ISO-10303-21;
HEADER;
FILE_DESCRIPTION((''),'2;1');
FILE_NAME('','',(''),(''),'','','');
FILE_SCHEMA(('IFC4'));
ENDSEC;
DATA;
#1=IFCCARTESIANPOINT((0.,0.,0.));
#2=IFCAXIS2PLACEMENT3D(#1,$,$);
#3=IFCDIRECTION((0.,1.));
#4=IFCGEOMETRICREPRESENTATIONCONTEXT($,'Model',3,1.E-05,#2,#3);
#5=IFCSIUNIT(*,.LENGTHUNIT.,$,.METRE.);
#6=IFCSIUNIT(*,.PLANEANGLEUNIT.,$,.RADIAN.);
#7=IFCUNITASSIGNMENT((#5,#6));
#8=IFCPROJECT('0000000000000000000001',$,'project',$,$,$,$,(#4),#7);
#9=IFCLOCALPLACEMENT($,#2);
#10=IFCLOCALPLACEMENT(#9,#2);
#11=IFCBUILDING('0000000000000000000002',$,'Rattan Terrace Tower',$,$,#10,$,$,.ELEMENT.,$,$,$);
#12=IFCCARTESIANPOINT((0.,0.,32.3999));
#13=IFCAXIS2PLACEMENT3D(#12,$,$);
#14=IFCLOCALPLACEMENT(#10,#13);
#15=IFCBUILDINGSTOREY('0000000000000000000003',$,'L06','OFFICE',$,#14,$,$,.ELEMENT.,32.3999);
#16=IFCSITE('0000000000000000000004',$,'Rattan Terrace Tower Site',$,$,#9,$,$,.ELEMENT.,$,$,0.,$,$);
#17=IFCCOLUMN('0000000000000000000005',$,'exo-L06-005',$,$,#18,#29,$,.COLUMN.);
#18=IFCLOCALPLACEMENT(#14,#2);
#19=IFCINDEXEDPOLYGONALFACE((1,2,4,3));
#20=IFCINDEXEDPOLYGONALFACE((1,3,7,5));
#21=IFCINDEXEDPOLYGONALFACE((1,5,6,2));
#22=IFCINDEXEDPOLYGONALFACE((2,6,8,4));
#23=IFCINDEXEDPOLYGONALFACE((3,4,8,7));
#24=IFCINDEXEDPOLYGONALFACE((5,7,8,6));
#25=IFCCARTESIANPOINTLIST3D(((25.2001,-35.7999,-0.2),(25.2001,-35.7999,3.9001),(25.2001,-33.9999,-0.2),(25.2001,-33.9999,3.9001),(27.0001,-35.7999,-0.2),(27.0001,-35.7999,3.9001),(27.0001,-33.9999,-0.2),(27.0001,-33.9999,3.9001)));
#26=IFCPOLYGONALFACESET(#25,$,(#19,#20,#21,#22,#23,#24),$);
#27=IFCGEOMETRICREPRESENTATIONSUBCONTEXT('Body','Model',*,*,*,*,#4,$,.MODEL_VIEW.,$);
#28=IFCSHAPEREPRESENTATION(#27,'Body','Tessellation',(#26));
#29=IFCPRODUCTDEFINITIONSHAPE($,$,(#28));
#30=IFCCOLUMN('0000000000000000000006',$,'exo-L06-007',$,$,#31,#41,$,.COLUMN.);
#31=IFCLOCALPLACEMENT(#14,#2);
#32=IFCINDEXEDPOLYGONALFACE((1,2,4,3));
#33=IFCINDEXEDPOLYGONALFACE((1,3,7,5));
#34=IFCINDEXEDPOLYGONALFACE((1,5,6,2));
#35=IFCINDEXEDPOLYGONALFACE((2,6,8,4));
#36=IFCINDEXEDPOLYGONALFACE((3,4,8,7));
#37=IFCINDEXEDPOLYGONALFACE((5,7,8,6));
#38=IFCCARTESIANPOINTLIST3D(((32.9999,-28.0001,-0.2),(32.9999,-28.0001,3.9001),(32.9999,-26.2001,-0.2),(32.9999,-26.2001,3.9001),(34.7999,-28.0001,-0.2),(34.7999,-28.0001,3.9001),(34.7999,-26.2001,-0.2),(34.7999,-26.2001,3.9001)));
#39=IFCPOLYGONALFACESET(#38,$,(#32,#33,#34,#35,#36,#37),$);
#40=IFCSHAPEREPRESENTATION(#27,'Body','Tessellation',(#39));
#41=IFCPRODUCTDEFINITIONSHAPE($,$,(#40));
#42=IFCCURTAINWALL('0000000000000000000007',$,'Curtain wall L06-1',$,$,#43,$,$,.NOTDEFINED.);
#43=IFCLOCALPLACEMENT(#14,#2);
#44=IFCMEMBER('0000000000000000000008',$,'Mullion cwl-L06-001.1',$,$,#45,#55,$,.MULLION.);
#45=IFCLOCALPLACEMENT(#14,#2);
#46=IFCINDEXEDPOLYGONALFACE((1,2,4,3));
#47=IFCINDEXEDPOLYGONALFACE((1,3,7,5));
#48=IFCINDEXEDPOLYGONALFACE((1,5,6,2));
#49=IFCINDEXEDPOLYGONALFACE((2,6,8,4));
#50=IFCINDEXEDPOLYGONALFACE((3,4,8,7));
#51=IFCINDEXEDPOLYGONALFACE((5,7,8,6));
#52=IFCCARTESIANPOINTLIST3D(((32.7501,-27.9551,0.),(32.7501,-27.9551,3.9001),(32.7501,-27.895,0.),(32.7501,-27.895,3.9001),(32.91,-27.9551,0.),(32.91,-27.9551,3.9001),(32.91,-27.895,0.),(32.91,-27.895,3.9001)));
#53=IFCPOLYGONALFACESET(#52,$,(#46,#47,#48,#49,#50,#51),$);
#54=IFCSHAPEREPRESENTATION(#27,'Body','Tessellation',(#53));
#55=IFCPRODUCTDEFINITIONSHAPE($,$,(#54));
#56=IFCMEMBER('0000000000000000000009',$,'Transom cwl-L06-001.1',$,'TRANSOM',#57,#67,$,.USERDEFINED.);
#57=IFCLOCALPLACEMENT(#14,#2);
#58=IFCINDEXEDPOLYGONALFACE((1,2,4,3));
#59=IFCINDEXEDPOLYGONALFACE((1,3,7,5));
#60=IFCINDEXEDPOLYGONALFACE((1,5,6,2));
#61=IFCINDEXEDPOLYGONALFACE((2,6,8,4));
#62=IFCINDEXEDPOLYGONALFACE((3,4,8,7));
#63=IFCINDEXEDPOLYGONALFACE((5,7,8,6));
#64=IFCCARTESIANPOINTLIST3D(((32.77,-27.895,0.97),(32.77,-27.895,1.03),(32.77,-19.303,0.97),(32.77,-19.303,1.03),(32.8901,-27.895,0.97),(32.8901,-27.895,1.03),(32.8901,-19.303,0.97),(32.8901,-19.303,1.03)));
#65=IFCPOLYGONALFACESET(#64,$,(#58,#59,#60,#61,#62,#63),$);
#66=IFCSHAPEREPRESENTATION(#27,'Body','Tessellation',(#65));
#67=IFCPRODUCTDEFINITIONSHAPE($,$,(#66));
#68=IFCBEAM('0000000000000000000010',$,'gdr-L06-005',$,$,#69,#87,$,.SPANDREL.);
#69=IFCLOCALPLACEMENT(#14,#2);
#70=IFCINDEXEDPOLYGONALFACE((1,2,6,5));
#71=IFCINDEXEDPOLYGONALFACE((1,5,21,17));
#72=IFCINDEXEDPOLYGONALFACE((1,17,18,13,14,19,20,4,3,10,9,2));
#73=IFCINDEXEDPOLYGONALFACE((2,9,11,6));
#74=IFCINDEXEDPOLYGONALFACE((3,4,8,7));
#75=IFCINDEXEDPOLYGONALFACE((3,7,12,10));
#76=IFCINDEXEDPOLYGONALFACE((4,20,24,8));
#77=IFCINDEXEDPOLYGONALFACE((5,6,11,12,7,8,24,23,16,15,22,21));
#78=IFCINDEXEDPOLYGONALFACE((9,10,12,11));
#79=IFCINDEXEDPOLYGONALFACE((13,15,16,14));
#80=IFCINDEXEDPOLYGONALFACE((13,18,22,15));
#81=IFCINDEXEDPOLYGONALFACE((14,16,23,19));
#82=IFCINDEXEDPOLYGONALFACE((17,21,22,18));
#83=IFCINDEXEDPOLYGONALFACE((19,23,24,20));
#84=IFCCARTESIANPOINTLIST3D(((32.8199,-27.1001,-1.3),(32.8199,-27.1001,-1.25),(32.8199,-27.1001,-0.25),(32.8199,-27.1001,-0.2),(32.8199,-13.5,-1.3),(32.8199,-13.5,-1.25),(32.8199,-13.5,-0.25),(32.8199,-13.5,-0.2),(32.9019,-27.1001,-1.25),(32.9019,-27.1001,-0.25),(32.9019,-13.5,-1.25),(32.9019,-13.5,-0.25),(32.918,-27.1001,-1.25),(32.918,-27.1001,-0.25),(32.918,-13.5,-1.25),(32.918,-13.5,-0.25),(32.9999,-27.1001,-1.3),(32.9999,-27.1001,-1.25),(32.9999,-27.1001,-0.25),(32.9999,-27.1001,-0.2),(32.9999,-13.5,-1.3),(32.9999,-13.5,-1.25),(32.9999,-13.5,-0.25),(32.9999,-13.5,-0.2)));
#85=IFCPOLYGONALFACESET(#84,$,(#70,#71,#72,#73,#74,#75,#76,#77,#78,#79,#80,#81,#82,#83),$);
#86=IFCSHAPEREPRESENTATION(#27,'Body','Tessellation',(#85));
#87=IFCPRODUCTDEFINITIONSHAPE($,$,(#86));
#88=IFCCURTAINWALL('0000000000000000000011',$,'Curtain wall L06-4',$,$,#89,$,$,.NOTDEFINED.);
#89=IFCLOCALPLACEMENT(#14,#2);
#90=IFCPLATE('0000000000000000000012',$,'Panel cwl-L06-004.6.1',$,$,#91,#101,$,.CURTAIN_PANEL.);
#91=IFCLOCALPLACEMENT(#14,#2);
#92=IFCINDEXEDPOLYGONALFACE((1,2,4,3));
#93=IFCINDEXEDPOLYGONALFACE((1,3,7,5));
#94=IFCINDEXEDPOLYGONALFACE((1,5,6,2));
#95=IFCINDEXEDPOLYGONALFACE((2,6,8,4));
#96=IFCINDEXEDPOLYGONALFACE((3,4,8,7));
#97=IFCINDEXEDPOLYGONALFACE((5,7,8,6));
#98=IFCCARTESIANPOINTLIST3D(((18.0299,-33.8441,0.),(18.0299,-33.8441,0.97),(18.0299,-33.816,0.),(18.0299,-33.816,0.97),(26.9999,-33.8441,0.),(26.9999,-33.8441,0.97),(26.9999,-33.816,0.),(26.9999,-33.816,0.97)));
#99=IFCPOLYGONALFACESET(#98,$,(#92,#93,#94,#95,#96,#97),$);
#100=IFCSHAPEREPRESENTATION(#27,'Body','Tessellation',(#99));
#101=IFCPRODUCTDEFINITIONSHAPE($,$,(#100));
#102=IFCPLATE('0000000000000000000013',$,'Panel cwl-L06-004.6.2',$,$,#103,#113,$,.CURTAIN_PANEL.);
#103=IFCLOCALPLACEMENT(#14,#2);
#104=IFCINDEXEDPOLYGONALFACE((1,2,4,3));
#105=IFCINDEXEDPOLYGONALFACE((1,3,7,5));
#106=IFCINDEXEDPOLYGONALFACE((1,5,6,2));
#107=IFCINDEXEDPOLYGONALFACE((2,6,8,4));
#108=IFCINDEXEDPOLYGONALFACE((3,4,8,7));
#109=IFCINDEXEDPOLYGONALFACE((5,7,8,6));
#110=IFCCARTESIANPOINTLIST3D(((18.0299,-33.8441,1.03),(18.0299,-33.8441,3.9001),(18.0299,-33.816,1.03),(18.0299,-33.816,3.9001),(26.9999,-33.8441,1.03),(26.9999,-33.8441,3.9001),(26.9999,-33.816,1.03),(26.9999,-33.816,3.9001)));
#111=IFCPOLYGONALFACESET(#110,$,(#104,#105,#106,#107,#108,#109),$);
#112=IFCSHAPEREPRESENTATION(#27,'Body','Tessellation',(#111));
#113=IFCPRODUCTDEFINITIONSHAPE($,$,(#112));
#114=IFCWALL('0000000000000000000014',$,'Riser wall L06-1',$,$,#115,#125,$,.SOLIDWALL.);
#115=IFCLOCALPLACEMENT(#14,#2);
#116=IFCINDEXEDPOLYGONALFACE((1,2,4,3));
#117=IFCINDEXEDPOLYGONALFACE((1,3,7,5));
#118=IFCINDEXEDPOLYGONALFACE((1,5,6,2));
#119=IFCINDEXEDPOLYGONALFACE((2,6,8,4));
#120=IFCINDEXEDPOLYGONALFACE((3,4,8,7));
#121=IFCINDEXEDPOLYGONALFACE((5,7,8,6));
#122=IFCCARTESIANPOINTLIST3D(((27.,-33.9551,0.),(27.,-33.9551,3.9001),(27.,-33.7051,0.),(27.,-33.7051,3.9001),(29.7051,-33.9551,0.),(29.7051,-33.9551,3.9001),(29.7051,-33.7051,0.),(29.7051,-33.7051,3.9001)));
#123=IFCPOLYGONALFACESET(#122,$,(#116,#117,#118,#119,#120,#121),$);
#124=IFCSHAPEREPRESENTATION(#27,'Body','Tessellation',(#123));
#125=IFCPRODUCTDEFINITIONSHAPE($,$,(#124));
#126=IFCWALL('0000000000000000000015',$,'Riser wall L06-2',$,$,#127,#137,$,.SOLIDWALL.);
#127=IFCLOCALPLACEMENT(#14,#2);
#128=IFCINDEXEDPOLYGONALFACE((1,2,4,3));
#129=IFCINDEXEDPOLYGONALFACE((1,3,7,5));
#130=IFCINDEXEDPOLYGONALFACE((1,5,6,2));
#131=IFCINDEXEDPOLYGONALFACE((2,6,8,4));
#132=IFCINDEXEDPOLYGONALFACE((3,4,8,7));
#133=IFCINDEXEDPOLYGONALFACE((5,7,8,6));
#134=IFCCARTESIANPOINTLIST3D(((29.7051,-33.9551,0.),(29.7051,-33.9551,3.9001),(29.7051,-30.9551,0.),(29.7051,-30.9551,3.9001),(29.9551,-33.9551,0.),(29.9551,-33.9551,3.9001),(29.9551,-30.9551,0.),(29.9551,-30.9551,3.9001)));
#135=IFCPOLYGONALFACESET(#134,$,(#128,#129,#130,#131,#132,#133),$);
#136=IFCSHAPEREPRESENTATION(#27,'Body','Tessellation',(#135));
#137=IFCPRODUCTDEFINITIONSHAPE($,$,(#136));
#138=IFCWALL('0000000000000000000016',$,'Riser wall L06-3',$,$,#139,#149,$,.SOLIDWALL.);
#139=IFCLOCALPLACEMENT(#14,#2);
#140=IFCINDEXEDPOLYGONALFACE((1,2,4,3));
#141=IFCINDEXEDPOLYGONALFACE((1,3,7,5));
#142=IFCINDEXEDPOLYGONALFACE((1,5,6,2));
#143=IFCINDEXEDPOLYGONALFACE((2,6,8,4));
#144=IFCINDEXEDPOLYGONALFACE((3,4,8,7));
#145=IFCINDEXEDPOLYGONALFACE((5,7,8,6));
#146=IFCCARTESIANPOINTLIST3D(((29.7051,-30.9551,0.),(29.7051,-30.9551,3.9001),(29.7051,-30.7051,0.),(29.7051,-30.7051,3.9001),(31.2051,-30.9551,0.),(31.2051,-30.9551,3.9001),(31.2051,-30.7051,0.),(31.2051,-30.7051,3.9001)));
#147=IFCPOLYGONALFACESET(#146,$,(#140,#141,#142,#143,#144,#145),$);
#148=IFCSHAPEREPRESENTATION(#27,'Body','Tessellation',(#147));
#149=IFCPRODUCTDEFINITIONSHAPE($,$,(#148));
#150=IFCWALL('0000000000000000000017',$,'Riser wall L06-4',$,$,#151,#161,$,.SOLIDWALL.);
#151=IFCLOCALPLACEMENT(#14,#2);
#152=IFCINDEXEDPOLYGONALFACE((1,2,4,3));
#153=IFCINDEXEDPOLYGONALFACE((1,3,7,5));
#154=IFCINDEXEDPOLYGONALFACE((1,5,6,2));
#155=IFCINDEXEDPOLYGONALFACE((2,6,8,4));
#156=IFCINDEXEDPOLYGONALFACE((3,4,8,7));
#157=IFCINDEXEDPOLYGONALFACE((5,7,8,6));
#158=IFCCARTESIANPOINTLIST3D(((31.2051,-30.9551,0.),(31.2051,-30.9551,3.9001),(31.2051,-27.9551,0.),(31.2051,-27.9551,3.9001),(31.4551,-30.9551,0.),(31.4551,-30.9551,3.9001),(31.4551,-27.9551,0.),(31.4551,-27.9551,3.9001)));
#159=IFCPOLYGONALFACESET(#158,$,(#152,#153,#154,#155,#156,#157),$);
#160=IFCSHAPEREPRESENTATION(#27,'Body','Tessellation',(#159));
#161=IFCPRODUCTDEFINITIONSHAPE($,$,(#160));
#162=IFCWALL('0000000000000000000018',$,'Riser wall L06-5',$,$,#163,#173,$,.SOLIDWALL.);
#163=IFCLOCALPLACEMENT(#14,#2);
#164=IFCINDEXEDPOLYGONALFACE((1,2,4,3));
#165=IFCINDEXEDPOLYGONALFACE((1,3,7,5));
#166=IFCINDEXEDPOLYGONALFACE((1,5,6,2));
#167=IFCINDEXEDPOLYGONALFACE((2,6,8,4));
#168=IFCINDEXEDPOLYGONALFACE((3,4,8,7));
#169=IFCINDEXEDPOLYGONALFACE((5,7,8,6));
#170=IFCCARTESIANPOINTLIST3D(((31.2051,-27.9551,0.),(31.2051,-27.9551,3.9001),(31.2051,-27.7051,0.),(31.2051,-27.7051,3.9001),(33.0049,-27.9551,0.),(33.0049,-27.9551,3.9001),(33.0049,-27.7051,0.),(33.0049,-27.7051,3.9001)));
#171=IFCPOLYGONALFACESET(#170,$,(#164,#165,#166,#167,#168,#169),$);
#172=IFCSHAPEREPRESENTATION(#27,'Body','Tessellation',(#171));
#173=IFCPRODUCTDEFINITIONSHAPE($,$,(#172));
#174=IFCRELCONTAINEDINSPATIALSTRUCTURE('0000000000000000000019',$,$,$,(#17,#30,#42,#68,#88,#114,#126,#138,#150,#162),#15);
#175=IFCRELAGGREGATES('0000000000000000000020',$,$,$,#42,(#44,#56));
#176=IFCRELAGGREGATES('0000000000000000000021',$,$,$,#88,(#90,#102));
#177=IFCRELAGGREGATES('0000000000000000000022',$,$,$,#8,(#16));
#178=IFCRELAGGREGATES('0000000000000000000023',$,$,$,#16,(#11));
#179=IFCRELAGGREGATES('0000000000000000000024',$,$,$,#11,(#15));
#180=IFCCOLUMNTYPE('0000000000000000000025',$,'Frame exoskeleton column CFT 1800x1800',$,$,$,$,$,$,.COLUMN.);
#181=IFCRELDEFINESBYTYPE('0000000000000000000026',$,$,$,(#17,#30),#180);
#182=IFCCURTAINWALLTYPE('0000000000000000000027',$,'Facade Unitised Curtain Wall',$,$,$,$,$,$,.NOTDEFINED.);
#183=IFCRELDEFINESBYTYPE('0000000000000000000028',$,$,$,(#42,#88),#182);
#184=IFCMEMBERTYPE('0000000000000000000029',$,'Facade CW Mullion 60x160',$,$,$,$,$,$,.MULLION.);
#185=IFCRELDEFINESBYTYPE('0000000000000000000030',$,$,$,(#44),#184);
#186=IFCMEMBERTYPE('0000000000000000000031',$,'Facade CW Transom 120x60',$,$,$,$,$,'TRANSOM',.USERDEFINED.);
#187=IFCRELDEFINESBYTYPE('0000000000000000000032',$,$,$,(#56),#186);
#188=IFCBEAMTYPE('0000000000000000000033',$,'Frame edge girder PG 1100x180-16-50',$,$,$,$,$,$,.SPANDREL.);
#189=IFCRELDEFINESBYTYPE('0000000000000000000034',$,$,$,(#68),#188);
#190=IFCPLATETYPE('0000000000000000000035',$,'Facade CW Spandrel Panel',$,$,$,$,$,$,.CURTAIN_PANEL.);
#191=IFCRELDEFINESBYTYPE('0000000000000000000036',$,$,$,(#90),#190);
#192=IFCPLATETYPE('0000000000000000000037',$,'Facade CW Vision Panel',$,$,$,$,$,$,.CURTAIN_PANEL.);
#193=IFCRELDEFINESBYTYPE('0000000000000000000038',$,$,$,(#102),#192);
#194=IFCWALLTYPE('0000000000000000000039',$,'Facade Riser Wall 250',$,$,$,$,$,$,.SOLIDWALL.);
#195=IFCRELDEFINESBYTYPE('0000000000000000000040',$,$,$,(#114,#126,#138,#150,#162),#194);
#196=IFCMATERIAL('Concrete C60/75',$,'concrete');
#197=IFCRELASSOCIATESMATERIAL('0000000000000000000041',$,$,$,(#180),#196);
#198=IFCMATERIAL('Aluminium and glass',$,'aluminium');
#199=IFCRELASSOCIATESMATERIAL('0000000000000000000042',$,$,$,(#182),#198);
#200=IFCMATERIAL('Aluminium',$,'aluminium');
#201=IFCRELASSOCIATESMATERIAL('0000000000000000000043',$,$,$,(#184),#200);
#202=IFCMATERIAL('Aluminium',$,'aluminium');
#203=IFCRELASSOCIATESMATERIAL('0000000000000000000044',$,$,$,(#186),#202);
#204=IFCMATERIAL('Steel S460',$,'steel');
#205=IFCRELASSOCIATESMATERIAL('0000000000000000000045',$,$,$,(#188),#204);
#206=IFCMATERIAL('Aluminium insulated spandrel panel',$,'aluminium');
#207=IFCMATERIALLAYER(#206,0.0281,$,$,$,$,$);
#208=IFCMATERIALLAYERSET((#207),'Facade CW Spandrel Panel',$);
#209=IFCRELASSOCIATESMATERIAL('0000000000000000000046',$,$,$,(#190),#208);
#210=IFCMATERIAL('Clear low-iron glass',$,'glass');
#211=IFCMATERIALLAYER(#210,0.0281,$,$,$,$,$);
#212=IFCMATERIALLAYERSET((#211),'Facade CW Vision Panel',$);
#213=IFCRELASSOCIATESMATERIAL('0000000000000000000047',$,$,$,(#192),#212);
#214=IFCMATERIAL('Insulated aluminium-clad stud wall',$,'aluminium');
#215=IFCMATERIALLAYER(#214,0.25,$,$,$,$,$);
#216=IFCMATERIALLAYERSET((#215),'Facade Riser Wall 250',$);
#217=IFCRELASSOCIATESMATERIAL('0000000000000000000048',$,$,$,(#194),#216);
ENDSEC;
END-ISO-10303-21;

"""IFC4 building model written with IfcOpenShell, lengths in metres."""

from ifc_helpers import new_model, si_unit, direction, frame, frame_2d, origin, origin_2d, place, context, subcontext, project, spatial, rectangle, i_section, extrude, material, layer, layer_set, material_profile, profile_set, type_object, element, aggregate, save


model = new_model("IFC4")

# Units and contexts
model_context = context("Model", 3, precision=1e-05, world=origin(), true_north=direction((0.0, 1.0)))
body_context = subcontext(model_context, "Body", "Model", "MODEL_VIEW")
ifc_project = project(units=[si_unit("LENGTHUNIT", "METRE"), si_unit("PLANEANGLEUNIT", "RADIAN")], contexts=[model_context])

# Site, building, storey
site_placement = place(None, origin())
site = spatial("IfcSite", under=ifc_project, at=site_placement, Name="Rattan Terrace Tower Site", CompositionType="ELEMENT", RefElevation=0.0)
building_placement = place(site_placement, origin())
building = spatial("IfcBuilding", under=site, at=building_placement, Name="Rattan Terrace Tower", CompositionType="ELEMENT")
storey_placement = place(building_placement, frame((0.0, 0.0, 32.3999)))
storey = spatial("IfcBuildingStorey", under=building, at=storey_placement, Name="L06", Description="OFFICE", CompositionType="ELEMENT", Elevation=32.3999)

# Columns
ifc_material_1 = material(Name="Concrete C60/75", Category="concrete")
ifc_material_profile_1 = material_profile(ifc_material_1, rectangle(XDim=1.8, YDim=1.8, at=origin_2d()), Name="CFT 1800x1800")
ifc_profile_set_1 = profile_set([ifc_material_profile_1], Name="Concrete C60/75")
column_type = type_object("IfcColumnType", Name="Frame exoskeleton column CFT 1800x1800", PredefinedType="COLUMN", material=ifc_profile_set_1)
for number, where, z_axis, x_axis, name in (
    (1, (26.1001, -34.8999, -0.2), (0.0, 0.0, 1.0), (1.0, 0.0, 0.0), "exo-L06-005"),
    (2, (33.8999, -27.1001, -0.2), (0.0, 0.0, 1.0), (0.0, 1.0, 0.0), "exo-L06-007"),
):
    element("IfcColumn", number, at=place(storey_placement, frame(where, z_axis=z_axis, x_axis=x_axis)), inside=storey, type_object=column_type, Name=name, PredefinedType="COLUMN", context=body_context, shape_type="SweptSolid", body=[
        extrude(rectangle(XDim=1.8, YDim=1.8, at=origin_2d()), origin(), (0.0, 0.0, 1.0), 4.1001),
    ])

# Curtain wall, members
ifc_material_2 = material(Name="Aluminium and glass", Category="aluminium")
curtain_wall_type = type_object("IfcCurtainWallType", Name="Facade Unitised Curtain Wall", PredefinedType="NOTDEFINED", material=ifc_material_2)
curtain_wall_1_placement = place(storey_placement, origin())
curtain_wall_1 = element("IfcCurtainWall", 3, at=curtain_wall_1_placement, inside=storey, type_object=curtain_wall_type, Name="Curtain wall L06-1", PredefinedType="NOTDEFINED")
ifc_material_3 = material(Name="Aluminium", Category="aluminium")
ifc_material_profile_2 = material_profile(ifc_material_3, rectangle(XDim=0.0601, YDim=0.1599, at=origin_2d()), Name="Aluminium 60x160")
ifc_profile_set_2 = profile_set([ifc_material_profile_2], Name="Aluminium")
member_type_1 = type_object("IfcMemberType", Name="Facade CW Mullion 60x160", PredefinedType="MULLION", material=ifc_profile_set_2)
member_1_placement = place(storey_placement, frame((32.8301, -27.925, 0.0), z_axis=(0.0, 0.0, 1.0), x_axis=(0.0, 1.0, 0.0)))
member_1 = element("IfcMember", 4, at=member_1_placement, type_object=member_type_1, Name="Mullion cwl-L06-001.1", PredefinedType="MULLION", context=body_context, shape_type="SweptSolid", body=[
    extrude(rectangle(XDim=0.0601, YDim=0.1599, at=origin_2d()), origin(), (0.0, 0.0, 1.0), 3.9001),
])
ifc_material_4 = material(Name="Aluminium", Category="aluminium")
ifc_material_profile_3 = material_profile(ifc_material_4, rectangle(XDim=0.1201, YDim=0.0601, at=origin_2d()), Name="Aluminium 120x60")
ifc_profile_set_3 = profile_set([ifc_material_profile_3], Name="Aluminium")
member_type_2 = type_object("IfcMemberType", Name="Facade CW Transom 120x60", ElementType="TRANSOM", PredefinedType="USERDEFINED", material=ifc_profile_set_3)
member_2_placement = place(storey_placement, frame((32.8301, -27.895, 1.0), z_axis=(0.0, 1.0, 0.0), x_axis=(-1.0, 0.0, 0.0)))
member_2 = element("IfcMember", 5, at=member_2_placement, type_object=member_type_2, Name="Transom cwl-L06-001.1", ObjectType="TRANSOM", PredefinedType="USERDEFINED", context=body_context, shape_type="SweptSolid", body=[
    extrude(rectangle(XDim=0.1201, YDim=0.0601, at=origin_2d()), origin(), (0.0, 0.0, 1.0), 8.592),
])
aggregate(curtain_wall_1, [member_1, member_2])

# Beam
ifc_material_5 = material(Name="Steel S460", Category="steel")
ifc_material_profile_4 = material_profile(ifc_material_5, i_section(OverallWidth=0.1799, OverallDepth=1.1001, WebThickness=0.0161, FlangeThickness=0.05, at=origin_2d()), Name="PG 1100x180-16-50")
ifc_profile_set_4 = profile_set([ifc_material_profile_4], Name="Steel S460")
beam_type = type_object("IfcBeamType", Name="Frame edge girder PG 1100x180-16-50", PredefinedType="SPANDREL", material=ifc_profile_set_4)
beam_placement = place(storey_placement, frame((32.9099, -27.1001, -0.75), z_axis=(0.0, 1.0, 0.0), x_axis=(-1.0, 0.0, 0.0)))
element("IfcBeam", 6, at=beam_placement, inside=storey, type_object=beam_type, Name="gdr-L06-005", PredefinedType="SPANDREL", context=body_context, shape_type="SweptSolid", body=[
    extrude(i_section(OverallWidth=0.1799, OverallDepth=1.1001, WebThickness=0.0161, FlangeThickness=0.05, at=origin_2d()), origin(), (0.0, 0.0, 1.0), 13.6001),
])

# Curtain wall, plates
curtain_wall_2_placement = place(storey_placement, origin())
curtain_wall_2 = element("IfcCurtainWall", 7, at=curtain_wall_2_placement, inside=storey, type_object=curtain_wall_type, Name="Curtain wall L06-4", PredefinedType="NOTDEFINED")
ifc_material_6 = material(Name="Aluminium insulated spandrel panel", Category="aluminium")
ifc_layer_1 = layer(ifc_material_6, 0.0281)
ifc_layer_set_1 = layer_set([ifc_layer_1], Name="Facade CW Spandrel Panel")
plate_type_1 = type_object("IfcPlateType", Name="Facade CW Spandrel Panel", PredefinedType="CURTAIN_PANEL", material=ifc_layer_set_1)
plate_1_placement = place(storey_placement, frame((22.5149, -33.8301, 0.0), z_axis=(0.0, 0.0, 1.0), x_axis=(1.0, 0.0, 0.0)))
plate_1 = element("IfcPlate", 8, at=plate_1_placement, type_object=plate_type_1, Name="Panel cwl-L06-004.6.1", PredefinedType="CURTAIN_PANEL", context=body_context, shape_type="SweptSolid", body=[
    extrude(rectangle(XDim=8.97, YDim=0.0281, at=origin_2d()), origin(), (0.0, 0.0, 1.0), 0.97),
])
ifc_material_7 = material(Name="Clear low-iron glass", Category="glass")
ifc_layer_2 = layer(ifc_material_7, 0.0281)
ifc_layer_set_2 = layer_set([ifc_layer_2], Name="Facade CW Vision Panel")
plate_type_2 = type_object("IfcPlateType", Name="Facade CW Vision Panel", PredefinedType="CURTAIN_PANEL", material=ifc_layer_set_2)
plate_2_placement = place(storey_placement, frame((22.5149, -33.8301, 1.03), z_axis=(0.0, 0.0, 1.0), x_axis=(1.0, 0.0, 0.0)))
plate_2 = element("IfcPlate", 9, at=plate_2_placement, type_object=plate_type_2, Name="Panel cwl-L06-004.6.2", PredefinedType="CURTAIN_PANEL", context=body_context, shape_type="SweptSolid", body=[
    extrude(rectangle(XDim=8.97, YDim=0.0281, at=origin_2d()), origin(), (0.0, 0.0, 1.0), 2.8701),
])
aggregate(curtain_wall_2, [plate_1, plate_2])

# Walls
ifc_material_8 = material(Name="Insulated aluminium-clad stud wall", Category="aluminium")
ifc_layer_3 = layer(ifc_material_8, 0.25)
ifc_layer_set_3 = layer_set([ifc_layer_3], Name="Facade Riser Wall 250")
wall_type_1 = type_object("IfcWallType", Name="Facade Riser Wall 250", PredefinedType="SOLIDWALL", material=ifc_layer_set_3)
wall_1_placement = place(storey_placement, frame((27.0, -33.8301, 0.0), z_axis=(0.0, 0.0, 1.0), x_axis=(1.0, 0.0, 0.0)))
element("IfcWall", 10, at=wall_1_placement, inside=storey, type_object=wall_type_1, Name="Riser wall L06-1", PredefinedType="SOLIDWALL", context=body_context, shape_type="SweptSolid", body=[
    extrude(rectangle(XDim=2.7051, YDim=0.25, at=frame_2d((1.3525, 0.0))), origin(), (0.0, 0.0, 1.0), 3.9001),
])
wall_2_placement = place(storey_placement, frame((29.8301, -33.9551, 0.0), z_axis=(0.0, 0.0, 1.0), x_axis=(0.0, 1.0, 0.0)))
element("IfcWall", 11, at=wall_2_placement, inside=storey, type_object=wall_type_1, Name="Riser wall L06-2", PredefinedType="SOLIDWALL", context=body_context, shape_type="SweptSolid", body=[
    extrude(rectangle(XDim=3.0, YDim=0.25, at=frame_2d((1.5, 0.0))), origin(), (0.0, 0.0, 1.0), 3.9001),
])
wall_3_placement = place(storey_placement, frame((29.7051, -30.8301, 0.0), z_axis=(0.0, 0.0, 1.0), x_axis=(1.0, 0.0, 0.0)))
element("IfcWall", 12, at=wall_3_placement, inside=storey, type_object=wall_type_1, Name="Riser wall L06-3", PredefinedType="SOLIDWALL", context=body_context, shape_type="SweptSolid", body=[
    extrude(rectangle(XDim=1.5, YDim=0.25, at=frame_2d((0.75, 0.0))), origin(), (0.0, 0.0, 1.0), 3.9001),
])
wall_4_placement = place(storey_placement, frame((31.3301, -30.9551, 0.0), z_axis=(0.0, 0.0, 1.0), x_axis=(0.0, 1.0, 0.0)))
element("IfcWall", 13, at=wall_4_placement, inside=storey, type_object=wall_type_1, Name="Riser wall L06-4", PredefinedType="SOLIDWALL", context=body_context, shape_type="SweptSolid", body=[
    extrude(rectangle(XDim=3.0, YDim=0.25, at=frame_2d((1.5, 0.0))), origin(), (0.0, 0.0, 1.0), 3.9001),
])
wall_5_placement = place(storey_placement, frame((31.2051, -27.8301, 0.0), z_axis=(0.0, 0.0, 1.0), x_axis=(1.0, 0.0, 0.0)))
element("IfcWall", 14, at=wall_5_placement, inside=storey, type_object=wall_type_1, Name="Riser wall L06-5", PredefinedType="SOLIDWALL", context=body_context, shape_type="SweptSolid", body=[
    extrude(rectangle(XDim=1.7998, YDim=0.25, at=frame_2d((0.8999, 0.0))), origin(), (0.0, 0.0, 1.0), 3.9001),
])

save(model, "model.ifc")
